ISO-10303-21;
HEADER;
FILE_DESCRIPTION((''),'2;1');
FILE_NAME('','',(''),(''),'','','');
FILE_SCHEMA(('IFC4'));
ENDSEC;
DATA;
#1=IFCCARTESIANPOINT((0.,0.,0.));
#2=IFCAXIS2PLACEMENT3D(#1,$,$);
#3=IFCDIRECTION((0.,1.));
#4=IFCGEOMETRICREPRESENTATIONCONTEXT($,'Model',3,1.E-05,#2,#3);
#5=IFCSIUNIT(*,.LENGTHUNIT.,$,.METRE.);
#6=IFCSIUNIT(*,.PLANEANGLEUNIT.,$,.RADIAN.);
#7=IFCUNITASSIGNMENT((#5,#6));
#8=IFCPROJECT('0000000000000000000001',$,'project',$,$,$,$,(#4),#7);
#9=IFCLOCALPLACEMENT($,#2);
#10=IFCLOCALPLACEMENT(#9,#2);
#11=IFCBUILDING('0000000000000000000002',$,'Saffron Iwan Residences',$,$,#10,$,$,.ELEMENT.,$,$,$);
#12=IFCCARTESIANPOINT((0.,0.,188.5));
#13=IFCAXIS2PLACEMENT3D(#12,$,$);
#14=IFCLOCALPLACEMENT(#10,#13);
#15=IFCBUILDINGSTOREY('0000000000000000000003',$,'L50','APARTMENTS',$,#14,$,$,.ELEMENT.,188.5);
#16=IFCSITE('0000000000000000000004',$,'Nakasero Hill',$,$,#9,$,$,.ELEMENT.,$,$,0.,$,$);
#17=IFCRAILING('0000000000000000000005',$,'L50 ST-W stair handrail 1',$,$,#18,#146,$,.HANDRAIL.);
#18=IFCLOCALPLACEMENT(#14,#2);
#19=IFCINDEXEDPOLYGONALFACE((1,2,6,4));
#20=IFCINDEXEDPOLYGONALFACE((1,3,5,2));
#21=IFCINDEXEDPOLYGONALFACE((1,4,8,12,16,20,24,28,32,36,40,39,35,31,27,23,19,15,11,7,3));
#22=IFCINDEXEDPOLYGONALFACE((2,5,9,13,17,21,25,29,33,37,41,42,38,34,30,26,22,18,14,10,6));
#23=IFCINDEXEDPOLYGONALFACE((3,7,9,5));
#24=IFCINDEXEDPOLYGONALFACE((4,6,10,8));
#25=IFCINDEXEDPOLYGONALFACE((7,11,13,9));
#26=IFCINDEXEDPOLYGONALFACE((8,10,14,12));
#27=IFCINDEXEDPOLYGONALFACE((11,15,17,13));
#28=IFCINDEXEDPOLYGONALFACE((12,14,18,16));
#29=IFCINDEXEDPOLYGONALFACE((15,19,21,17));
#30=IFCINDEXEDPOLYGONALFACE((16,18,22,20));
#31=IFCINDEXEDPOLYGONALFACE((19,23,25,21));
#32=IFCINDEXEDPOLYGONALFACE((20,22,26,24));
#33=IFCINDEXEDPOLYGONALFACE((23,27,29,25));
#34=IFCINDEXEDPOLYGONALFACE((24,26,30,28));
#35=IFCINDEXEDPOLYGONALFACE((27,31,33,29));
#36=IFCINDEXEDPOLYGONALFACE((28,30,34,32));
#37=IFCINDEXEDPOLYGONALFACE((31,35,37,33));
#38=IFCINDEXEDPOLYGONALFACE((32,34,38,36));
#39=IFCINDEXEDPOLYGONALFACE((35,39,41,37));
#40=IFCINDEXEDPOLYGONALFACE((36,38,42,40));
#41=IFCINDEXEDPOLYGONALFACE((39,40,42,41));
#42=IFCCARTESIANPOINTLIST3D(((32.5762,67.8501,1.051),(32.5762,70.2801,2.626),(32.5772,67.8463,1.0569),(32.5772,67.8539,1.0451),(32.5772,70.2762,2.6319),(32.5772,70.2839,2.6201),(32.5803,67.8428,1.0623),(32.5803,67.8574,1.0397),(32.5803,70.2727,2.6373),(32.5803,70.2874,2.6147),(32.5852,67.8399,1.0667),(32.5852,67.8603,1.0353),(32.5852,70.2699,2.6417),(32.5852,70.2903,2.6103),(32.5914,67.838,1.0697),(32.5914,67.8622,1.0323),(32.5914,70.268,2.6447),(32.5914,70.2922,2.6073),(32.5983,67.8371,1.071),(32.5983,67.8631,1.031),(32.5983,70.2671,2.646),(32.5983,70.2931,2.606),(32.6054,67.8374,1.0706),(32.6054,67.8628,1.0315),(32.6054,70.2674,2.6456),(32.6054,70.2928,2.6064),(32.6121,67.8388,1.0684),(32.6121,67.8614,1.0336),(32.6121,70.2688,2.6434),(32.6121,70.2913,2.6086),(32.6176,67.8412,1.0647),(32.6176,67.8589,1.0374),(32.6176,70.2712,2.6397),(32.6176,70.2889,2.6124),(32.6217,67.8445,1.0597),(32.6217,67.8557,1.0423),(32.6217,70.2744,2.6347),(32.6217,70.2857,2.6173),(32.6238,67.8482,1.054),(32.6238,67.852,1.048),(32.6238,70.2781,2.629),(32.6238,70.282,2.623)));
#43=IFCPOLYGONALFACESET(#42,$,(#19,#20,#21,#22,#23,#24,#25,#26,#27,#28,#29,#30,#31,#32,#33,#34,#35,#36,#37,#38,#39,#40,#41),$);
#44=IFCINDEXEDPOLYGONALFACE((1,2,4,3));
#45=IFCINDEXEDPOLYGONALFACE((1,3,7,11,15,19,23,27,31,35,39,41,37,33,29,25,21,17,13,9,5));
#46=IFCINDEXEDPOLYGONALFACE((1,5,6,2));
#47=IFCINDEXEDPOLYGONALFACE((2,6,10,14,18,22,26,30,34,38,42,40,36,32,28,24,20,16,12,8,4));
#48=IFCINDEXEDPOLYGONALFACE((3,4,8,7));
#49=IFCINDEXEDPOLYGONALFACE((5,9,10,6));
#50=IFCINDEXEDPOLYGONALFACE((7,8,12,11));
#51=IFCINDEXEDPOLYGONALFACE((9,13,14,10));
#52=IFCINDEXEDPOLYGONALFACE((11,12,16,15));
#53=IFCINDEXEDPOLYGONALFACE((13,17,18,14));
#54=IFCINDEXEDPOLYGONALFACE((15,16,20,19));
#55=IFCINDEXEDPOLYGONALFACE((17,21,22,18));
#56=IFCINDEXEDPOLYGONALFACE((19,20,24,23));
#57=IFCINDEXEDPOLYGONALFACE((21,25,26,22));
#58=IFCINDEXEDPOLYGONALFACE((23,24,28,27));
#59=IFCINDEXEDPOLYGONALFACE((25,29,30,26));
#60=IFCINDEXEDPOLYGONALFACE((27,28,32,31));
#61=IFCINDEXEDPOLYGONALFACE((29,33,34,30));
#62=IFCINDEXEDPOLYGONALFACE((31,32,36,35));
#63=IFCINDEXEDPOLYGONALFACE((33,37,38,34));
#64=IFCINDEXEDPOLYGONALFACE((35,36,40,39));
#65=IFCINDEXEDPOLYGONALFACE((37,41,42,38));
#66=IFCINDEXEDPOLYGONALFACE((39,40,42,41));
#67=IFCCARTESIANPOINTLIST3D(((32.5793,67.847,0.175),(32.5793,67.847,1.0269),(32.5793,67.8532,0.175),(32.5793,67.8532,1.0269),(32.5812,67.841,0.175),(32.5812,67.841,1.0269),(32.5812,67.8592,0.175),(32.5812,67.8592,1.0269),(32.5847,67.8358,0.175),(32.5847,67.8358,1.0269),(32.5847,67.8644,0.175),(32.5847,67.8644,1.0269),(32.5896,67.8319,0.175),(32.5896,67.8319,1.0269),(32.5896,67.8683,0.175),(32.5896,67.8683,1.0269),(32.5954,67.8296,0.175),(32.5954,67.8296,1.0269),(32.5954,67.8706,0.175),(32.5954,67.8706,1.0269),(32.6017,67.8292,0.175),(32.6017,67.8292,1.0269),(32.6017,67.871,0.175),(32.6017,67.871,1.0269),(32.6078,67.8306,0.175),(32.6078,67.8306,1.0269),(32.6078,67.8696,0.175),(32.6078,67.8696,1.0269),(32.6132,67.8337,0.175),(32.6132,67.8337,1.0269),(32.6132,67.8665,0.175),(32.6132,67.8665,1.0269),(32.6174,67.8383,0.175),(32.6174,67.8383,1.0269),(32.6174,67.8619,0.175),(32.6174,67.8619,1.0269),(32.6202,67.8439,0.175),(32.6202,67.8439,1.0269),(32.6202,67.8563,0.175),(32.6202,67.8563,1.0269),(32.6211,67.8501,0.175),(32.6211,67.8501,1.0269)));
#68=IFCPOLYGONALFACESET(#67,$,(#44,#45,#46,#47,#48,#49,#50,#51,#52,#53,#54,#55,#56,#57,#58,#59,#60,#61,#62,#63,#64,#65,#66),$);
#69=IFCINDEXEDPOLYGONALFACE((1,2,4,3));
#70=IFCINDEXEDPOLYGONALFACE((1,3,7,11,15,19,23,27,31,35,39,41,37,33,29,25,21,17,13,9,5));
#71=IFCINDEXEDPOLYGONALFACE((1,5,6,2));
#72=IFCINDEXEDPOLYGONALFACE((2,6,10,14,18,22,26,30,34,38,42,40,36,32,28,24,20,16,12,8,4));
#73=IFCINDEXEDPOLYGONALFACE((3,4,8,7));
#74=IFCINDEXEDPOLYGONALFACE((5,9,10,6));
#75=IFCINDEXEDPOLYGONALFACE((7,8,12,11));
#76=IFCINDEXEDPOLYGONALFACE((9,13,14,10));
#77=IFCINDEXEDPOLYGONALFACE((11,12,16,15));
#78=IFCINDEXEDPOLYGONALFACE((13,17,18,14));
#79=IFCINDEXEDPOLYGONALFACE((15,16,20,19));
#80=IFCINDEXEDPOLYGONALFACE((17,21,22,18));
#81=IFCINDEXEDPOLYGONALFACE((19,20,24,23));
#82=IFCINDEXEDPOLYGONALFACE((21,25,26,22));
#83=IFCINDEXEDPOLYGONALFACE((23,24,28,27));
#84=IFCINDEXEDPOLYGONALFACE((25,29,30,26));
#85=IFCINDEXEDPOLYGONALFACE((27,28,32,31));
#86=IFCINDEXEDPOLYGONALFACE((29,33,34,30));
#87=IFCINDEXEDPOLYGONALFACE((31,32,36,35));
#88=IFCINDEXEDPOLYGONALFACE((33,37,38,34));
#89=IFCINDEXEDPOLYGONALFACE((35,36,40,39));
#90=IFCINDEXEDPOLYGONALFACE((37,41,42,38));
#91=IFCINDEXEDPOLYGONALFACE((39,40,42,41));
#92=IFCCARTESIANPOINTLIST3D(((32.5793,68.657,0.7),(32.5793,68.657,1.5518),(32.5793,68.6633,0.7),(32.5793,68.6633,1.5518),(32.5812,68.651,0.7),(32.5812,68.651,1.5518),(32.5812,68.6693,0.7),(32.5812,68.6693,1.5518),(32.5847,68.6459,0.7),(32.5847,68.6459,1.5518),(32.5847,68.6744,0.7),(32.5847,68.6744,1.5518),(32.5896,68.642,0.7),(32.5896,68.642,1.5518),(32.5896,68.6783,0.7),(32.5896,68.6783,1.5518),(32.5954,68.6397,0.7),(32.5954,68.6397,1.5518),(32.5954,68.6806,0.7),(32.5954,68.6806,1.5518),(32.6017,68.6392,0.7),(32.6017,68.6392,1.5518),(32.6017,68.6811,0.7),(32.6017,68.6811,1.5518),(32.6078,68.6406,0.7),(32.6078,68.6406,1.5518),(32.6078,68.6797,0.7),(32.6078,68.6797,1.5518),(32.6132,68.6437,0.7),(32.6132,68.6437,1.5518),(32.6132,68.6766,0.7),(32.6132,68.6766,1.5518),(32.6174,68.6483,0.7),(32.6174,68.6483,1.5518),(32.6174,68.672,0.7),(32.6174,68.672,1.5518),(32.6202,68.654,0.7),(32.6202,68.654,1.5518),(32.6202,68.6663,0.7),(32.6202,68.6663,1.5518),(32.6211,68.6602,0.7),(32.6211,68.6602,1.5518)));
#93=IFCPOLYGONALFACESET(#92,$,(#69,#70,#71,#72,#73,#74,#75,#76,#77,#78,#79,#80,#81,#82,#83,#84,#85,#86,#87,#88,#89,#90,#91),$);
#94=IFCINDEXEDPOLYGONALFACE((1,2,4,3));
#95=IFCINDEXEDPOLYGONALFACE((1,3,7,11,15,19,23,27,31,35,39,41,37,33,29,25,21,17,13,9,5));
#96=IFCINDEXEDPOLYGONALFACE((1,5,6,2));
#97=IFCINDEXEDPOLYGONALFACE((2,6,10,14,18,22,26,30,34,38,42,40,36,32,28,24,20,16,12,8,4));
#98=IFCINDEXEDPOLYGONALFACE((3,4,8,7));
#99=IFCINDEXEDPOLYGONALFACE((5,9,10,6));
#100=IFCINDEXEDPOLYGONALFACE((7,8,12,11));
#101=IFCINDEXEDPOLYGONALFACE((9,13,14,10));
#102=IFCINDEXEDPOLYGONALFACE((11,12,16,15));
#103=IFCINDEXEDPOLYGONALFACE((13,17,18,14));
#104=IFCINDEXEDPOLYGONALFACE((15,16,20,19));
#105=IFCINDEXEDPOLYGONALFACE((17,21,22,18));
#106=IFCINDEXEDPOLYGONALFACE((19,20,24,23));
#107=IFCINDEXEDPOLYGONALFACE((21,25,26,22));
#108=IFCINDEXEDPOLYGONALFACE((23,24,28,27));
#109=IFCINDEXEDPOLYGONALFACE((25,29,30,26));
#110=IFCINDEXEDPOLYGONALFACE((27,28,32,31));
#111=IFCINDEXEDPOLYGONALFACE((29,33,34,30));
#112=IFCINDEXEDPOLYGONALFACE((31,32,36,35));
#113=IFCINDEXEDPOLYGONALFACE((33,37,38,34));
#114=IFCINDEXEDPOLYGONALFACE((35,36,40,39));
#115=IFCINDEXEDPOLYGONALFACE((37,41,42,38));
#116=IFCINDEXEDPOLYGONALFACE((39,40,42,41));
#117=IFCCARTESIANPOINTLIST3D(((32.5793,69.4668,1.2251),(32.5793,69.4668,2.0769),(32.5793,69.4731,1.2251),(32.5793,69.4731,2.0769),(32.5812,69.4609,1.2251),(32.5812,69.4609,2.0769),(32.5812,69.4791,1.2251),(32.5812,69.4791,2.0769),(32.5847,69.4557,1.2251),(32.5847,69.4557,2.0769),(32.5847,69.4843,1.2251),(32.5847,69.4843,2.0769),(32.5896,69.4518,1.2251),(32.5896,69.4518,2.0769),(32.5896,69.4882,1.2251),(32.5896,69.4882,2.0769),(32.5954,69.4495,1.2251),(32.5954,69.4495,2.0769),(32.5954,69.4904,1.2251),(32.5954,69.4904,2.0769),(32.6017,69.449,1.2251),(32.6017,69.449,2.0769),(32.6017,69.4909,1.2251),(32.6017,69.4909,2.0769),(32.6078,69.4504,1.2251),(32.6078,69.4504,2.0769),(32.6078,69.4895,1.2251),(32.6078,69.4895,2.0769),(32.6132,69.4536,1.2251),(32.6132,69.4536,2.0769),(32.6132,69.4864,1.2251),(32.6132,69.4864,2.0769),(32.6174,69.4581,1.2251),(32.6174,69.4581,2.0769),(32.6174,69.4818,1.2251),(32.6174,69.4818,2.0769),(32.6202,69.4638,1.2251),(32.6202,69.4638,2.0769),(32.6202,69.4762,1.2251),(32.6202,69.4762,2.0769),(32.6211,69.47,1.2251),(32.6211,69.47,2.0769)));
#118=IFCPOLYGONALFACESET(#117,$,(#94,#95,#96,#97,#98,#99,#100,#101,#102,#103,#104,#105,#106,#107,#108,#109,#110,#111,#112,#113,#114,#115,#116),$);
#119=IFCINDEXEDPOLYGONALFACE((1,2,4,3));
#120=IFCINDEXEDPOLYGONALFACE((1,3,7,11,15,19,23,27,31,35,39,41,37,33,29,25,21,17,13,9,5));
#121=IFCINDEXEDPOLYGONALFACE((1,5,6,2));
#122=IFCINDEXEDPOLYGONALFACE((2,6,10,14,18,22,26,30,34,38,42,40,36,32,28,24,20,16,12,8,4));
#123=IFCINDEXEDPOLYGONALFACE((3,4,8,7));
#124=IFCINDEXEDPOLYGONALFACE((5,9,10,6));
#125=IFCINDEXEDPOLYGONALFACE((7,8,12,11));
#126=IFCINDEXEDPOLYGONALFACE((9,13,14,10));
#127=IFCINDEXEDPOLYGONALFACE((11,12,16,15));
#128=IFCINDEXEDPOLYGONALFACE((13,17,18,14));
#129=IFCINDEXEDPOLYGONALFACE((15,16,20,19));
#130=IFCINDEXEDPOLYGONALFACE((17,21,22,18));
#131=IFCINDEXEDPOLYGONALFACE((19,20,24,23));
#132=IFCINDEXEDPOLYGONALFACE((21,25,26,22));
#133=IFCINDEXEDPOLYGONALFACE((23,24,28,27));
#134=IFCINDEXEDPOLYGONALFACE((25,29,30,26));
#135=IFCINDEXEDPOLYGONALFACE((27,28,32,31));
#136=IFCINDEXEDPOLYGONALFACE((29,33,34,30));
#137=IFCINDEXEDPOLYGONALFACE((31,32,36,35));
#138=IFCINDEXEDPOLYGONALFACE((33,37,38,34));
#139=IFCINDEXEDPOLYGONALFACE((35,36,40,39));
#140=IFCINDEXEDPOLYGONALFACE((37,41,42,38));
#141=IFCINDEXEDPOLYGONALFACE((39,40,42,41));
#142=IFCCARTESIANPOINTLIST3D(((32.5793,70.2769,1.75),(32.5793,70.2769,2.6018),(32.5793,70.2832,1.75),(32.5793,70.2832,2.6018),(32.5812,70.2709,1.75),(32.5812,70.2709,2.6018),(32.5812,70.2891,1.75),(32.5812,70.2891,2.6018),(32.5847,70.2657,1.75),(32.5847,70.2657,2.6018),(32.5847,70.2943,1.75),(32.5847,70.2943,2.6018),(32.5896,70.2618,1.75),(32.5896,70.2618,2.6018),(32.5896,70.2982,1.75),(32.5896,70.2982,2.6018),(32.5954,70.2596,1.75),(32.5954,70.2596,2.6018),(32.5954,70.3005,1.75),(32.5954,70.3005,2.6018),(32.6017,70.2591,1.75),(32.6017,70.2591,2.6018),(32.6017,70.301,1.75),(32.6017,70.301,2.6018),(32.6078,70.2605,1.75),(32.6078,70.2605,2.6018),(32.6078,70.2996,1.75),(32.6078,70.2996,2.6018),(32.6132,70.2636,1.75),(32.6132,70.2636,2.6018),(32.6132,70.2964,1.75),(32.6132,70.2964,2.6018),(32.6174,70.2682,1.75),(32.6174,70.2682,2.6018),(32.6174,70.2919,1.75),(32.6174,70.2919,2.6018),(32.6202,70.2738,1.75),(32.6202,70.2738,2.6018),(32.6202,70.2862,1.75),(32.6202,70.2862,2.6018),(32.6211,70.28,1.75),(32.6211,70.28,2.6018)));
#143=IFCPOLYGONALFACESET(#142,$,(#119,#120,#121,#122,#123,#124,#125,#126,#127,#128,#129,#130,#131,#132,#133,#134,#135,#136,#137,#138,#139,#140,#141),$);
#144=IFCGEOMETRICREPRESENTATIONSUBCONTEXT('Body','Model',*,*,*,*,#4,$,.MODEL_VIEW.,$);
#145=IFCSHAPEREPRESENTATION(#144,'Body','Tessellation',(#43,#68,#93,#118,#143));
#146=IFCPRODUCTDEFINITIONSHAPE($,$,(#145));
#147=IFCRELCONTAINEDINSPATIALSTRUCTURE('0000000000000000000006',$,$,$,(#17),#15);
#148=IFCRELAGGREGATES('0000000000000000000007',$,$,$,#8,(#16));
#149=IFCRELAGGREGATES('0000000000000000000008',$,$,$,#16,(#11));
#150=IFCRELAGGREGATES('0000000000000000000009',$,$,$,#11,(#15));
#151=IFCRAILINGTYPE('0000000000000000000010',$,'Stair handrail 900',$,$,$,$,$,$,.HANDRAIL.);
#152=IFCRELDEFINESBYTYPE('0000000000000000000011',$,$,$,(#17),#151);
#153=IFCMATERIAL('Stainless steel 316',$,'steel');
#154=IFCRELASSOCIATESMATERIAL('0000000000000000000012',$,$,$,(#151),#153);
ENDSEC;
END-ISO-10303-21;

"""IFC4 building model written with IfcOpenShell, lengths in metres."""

from ifc_helpers import new_model, si_unit, direction, frame, origin, origin_2d, place, context, subcontext, project, spatial, circle, extrude, material, type_object, element, save


model = new_model("IFC4")

# Units and contexts
model_context = context("Model", 3, precision=1e-05, world=origin(), true_north=direction((0.0, 1.0)))
body_context = subcontext(model_context, "Body", "Model", "MODEL_VIEW")
ifc_project = project(units=[si_unit("LENGTHUNIT", "METRE"), si_unit("PLANEANGLEUNIT", "RADIAN")], contexts=[model_context])

# Site, building, storey
site_placement = place(None, origin())
site = spatial("IfcSite", under=ifc_project, at=site_placement, Name="Nakasero Hill", CompositionType="ELEMENT", RefElevation=0.0)
building_placement = place(site_placement, origin())
building = spatial("IfcBuilding", under=site, at=building_placement, Name="Saffron Iwan Residences", CompositionType="ELEMENT")
storey_placement = place(building_placement, frame((0.0, 0.0, 188.5)))
storey = spatial("IfcBuildingStorey", under=building, at=storey_placement, Name="L50", Description="APARTMENTS", CompositionType="ELEMENT", Elevation=188.5)

# Railing
ifc_material_1 = material(Name="Stainless steel 316", Category="steel")
railing_type_1 = type_object("IfcRailingType", Name="Stair handrail 900", PredefinedType="HANDRAIL", material=ifc_material_1)
railing_1_placement = place(storey_placement, frame((32.6001, 67.8501, 0.175)))
element("IfcRailing", 1, at=railing_1_placement, inside=storey, type_object=railing_type_1, Name="L50 ST-W stair handrail 1", PredefinedType="HANDRAIL", context=body_context, shape_type="SweptSolid", body=[
    extrude(circle(Radius=0.0239, at=origin_2d()), frame((0.0, 0.0, 0.876), z_axis=(0.0, 0.839154, 0.543894), x_axis=(-1.0, 0.0, 0.0)), (0.0, 0.0, 1.0), 2.8958),
    extrude(circle(Radius=0.021, at=origin_2d()), origin(), (0.0, 0.0, 1.0), 0.8518),
    extrude(circle(Radius=0.021, at=origin_2d()), frame((0.0, 0.8101, 0.5249)), (0.0, 0.0, 1.0), 0.8518),
    extrude(circle(Radius=0.021, at=origin_2d()), frame((0.0, 1.6199, 1.05)), (0.0, 0.0, 1.0), 0.8518),
    extrude(circle(Radius=0.021, at=origin_2d()), frame((0.0, 2.4299, 1.575)), (0.0, 0.0, 1.0), 0.8518),
])

save(model, "model.ifc")
